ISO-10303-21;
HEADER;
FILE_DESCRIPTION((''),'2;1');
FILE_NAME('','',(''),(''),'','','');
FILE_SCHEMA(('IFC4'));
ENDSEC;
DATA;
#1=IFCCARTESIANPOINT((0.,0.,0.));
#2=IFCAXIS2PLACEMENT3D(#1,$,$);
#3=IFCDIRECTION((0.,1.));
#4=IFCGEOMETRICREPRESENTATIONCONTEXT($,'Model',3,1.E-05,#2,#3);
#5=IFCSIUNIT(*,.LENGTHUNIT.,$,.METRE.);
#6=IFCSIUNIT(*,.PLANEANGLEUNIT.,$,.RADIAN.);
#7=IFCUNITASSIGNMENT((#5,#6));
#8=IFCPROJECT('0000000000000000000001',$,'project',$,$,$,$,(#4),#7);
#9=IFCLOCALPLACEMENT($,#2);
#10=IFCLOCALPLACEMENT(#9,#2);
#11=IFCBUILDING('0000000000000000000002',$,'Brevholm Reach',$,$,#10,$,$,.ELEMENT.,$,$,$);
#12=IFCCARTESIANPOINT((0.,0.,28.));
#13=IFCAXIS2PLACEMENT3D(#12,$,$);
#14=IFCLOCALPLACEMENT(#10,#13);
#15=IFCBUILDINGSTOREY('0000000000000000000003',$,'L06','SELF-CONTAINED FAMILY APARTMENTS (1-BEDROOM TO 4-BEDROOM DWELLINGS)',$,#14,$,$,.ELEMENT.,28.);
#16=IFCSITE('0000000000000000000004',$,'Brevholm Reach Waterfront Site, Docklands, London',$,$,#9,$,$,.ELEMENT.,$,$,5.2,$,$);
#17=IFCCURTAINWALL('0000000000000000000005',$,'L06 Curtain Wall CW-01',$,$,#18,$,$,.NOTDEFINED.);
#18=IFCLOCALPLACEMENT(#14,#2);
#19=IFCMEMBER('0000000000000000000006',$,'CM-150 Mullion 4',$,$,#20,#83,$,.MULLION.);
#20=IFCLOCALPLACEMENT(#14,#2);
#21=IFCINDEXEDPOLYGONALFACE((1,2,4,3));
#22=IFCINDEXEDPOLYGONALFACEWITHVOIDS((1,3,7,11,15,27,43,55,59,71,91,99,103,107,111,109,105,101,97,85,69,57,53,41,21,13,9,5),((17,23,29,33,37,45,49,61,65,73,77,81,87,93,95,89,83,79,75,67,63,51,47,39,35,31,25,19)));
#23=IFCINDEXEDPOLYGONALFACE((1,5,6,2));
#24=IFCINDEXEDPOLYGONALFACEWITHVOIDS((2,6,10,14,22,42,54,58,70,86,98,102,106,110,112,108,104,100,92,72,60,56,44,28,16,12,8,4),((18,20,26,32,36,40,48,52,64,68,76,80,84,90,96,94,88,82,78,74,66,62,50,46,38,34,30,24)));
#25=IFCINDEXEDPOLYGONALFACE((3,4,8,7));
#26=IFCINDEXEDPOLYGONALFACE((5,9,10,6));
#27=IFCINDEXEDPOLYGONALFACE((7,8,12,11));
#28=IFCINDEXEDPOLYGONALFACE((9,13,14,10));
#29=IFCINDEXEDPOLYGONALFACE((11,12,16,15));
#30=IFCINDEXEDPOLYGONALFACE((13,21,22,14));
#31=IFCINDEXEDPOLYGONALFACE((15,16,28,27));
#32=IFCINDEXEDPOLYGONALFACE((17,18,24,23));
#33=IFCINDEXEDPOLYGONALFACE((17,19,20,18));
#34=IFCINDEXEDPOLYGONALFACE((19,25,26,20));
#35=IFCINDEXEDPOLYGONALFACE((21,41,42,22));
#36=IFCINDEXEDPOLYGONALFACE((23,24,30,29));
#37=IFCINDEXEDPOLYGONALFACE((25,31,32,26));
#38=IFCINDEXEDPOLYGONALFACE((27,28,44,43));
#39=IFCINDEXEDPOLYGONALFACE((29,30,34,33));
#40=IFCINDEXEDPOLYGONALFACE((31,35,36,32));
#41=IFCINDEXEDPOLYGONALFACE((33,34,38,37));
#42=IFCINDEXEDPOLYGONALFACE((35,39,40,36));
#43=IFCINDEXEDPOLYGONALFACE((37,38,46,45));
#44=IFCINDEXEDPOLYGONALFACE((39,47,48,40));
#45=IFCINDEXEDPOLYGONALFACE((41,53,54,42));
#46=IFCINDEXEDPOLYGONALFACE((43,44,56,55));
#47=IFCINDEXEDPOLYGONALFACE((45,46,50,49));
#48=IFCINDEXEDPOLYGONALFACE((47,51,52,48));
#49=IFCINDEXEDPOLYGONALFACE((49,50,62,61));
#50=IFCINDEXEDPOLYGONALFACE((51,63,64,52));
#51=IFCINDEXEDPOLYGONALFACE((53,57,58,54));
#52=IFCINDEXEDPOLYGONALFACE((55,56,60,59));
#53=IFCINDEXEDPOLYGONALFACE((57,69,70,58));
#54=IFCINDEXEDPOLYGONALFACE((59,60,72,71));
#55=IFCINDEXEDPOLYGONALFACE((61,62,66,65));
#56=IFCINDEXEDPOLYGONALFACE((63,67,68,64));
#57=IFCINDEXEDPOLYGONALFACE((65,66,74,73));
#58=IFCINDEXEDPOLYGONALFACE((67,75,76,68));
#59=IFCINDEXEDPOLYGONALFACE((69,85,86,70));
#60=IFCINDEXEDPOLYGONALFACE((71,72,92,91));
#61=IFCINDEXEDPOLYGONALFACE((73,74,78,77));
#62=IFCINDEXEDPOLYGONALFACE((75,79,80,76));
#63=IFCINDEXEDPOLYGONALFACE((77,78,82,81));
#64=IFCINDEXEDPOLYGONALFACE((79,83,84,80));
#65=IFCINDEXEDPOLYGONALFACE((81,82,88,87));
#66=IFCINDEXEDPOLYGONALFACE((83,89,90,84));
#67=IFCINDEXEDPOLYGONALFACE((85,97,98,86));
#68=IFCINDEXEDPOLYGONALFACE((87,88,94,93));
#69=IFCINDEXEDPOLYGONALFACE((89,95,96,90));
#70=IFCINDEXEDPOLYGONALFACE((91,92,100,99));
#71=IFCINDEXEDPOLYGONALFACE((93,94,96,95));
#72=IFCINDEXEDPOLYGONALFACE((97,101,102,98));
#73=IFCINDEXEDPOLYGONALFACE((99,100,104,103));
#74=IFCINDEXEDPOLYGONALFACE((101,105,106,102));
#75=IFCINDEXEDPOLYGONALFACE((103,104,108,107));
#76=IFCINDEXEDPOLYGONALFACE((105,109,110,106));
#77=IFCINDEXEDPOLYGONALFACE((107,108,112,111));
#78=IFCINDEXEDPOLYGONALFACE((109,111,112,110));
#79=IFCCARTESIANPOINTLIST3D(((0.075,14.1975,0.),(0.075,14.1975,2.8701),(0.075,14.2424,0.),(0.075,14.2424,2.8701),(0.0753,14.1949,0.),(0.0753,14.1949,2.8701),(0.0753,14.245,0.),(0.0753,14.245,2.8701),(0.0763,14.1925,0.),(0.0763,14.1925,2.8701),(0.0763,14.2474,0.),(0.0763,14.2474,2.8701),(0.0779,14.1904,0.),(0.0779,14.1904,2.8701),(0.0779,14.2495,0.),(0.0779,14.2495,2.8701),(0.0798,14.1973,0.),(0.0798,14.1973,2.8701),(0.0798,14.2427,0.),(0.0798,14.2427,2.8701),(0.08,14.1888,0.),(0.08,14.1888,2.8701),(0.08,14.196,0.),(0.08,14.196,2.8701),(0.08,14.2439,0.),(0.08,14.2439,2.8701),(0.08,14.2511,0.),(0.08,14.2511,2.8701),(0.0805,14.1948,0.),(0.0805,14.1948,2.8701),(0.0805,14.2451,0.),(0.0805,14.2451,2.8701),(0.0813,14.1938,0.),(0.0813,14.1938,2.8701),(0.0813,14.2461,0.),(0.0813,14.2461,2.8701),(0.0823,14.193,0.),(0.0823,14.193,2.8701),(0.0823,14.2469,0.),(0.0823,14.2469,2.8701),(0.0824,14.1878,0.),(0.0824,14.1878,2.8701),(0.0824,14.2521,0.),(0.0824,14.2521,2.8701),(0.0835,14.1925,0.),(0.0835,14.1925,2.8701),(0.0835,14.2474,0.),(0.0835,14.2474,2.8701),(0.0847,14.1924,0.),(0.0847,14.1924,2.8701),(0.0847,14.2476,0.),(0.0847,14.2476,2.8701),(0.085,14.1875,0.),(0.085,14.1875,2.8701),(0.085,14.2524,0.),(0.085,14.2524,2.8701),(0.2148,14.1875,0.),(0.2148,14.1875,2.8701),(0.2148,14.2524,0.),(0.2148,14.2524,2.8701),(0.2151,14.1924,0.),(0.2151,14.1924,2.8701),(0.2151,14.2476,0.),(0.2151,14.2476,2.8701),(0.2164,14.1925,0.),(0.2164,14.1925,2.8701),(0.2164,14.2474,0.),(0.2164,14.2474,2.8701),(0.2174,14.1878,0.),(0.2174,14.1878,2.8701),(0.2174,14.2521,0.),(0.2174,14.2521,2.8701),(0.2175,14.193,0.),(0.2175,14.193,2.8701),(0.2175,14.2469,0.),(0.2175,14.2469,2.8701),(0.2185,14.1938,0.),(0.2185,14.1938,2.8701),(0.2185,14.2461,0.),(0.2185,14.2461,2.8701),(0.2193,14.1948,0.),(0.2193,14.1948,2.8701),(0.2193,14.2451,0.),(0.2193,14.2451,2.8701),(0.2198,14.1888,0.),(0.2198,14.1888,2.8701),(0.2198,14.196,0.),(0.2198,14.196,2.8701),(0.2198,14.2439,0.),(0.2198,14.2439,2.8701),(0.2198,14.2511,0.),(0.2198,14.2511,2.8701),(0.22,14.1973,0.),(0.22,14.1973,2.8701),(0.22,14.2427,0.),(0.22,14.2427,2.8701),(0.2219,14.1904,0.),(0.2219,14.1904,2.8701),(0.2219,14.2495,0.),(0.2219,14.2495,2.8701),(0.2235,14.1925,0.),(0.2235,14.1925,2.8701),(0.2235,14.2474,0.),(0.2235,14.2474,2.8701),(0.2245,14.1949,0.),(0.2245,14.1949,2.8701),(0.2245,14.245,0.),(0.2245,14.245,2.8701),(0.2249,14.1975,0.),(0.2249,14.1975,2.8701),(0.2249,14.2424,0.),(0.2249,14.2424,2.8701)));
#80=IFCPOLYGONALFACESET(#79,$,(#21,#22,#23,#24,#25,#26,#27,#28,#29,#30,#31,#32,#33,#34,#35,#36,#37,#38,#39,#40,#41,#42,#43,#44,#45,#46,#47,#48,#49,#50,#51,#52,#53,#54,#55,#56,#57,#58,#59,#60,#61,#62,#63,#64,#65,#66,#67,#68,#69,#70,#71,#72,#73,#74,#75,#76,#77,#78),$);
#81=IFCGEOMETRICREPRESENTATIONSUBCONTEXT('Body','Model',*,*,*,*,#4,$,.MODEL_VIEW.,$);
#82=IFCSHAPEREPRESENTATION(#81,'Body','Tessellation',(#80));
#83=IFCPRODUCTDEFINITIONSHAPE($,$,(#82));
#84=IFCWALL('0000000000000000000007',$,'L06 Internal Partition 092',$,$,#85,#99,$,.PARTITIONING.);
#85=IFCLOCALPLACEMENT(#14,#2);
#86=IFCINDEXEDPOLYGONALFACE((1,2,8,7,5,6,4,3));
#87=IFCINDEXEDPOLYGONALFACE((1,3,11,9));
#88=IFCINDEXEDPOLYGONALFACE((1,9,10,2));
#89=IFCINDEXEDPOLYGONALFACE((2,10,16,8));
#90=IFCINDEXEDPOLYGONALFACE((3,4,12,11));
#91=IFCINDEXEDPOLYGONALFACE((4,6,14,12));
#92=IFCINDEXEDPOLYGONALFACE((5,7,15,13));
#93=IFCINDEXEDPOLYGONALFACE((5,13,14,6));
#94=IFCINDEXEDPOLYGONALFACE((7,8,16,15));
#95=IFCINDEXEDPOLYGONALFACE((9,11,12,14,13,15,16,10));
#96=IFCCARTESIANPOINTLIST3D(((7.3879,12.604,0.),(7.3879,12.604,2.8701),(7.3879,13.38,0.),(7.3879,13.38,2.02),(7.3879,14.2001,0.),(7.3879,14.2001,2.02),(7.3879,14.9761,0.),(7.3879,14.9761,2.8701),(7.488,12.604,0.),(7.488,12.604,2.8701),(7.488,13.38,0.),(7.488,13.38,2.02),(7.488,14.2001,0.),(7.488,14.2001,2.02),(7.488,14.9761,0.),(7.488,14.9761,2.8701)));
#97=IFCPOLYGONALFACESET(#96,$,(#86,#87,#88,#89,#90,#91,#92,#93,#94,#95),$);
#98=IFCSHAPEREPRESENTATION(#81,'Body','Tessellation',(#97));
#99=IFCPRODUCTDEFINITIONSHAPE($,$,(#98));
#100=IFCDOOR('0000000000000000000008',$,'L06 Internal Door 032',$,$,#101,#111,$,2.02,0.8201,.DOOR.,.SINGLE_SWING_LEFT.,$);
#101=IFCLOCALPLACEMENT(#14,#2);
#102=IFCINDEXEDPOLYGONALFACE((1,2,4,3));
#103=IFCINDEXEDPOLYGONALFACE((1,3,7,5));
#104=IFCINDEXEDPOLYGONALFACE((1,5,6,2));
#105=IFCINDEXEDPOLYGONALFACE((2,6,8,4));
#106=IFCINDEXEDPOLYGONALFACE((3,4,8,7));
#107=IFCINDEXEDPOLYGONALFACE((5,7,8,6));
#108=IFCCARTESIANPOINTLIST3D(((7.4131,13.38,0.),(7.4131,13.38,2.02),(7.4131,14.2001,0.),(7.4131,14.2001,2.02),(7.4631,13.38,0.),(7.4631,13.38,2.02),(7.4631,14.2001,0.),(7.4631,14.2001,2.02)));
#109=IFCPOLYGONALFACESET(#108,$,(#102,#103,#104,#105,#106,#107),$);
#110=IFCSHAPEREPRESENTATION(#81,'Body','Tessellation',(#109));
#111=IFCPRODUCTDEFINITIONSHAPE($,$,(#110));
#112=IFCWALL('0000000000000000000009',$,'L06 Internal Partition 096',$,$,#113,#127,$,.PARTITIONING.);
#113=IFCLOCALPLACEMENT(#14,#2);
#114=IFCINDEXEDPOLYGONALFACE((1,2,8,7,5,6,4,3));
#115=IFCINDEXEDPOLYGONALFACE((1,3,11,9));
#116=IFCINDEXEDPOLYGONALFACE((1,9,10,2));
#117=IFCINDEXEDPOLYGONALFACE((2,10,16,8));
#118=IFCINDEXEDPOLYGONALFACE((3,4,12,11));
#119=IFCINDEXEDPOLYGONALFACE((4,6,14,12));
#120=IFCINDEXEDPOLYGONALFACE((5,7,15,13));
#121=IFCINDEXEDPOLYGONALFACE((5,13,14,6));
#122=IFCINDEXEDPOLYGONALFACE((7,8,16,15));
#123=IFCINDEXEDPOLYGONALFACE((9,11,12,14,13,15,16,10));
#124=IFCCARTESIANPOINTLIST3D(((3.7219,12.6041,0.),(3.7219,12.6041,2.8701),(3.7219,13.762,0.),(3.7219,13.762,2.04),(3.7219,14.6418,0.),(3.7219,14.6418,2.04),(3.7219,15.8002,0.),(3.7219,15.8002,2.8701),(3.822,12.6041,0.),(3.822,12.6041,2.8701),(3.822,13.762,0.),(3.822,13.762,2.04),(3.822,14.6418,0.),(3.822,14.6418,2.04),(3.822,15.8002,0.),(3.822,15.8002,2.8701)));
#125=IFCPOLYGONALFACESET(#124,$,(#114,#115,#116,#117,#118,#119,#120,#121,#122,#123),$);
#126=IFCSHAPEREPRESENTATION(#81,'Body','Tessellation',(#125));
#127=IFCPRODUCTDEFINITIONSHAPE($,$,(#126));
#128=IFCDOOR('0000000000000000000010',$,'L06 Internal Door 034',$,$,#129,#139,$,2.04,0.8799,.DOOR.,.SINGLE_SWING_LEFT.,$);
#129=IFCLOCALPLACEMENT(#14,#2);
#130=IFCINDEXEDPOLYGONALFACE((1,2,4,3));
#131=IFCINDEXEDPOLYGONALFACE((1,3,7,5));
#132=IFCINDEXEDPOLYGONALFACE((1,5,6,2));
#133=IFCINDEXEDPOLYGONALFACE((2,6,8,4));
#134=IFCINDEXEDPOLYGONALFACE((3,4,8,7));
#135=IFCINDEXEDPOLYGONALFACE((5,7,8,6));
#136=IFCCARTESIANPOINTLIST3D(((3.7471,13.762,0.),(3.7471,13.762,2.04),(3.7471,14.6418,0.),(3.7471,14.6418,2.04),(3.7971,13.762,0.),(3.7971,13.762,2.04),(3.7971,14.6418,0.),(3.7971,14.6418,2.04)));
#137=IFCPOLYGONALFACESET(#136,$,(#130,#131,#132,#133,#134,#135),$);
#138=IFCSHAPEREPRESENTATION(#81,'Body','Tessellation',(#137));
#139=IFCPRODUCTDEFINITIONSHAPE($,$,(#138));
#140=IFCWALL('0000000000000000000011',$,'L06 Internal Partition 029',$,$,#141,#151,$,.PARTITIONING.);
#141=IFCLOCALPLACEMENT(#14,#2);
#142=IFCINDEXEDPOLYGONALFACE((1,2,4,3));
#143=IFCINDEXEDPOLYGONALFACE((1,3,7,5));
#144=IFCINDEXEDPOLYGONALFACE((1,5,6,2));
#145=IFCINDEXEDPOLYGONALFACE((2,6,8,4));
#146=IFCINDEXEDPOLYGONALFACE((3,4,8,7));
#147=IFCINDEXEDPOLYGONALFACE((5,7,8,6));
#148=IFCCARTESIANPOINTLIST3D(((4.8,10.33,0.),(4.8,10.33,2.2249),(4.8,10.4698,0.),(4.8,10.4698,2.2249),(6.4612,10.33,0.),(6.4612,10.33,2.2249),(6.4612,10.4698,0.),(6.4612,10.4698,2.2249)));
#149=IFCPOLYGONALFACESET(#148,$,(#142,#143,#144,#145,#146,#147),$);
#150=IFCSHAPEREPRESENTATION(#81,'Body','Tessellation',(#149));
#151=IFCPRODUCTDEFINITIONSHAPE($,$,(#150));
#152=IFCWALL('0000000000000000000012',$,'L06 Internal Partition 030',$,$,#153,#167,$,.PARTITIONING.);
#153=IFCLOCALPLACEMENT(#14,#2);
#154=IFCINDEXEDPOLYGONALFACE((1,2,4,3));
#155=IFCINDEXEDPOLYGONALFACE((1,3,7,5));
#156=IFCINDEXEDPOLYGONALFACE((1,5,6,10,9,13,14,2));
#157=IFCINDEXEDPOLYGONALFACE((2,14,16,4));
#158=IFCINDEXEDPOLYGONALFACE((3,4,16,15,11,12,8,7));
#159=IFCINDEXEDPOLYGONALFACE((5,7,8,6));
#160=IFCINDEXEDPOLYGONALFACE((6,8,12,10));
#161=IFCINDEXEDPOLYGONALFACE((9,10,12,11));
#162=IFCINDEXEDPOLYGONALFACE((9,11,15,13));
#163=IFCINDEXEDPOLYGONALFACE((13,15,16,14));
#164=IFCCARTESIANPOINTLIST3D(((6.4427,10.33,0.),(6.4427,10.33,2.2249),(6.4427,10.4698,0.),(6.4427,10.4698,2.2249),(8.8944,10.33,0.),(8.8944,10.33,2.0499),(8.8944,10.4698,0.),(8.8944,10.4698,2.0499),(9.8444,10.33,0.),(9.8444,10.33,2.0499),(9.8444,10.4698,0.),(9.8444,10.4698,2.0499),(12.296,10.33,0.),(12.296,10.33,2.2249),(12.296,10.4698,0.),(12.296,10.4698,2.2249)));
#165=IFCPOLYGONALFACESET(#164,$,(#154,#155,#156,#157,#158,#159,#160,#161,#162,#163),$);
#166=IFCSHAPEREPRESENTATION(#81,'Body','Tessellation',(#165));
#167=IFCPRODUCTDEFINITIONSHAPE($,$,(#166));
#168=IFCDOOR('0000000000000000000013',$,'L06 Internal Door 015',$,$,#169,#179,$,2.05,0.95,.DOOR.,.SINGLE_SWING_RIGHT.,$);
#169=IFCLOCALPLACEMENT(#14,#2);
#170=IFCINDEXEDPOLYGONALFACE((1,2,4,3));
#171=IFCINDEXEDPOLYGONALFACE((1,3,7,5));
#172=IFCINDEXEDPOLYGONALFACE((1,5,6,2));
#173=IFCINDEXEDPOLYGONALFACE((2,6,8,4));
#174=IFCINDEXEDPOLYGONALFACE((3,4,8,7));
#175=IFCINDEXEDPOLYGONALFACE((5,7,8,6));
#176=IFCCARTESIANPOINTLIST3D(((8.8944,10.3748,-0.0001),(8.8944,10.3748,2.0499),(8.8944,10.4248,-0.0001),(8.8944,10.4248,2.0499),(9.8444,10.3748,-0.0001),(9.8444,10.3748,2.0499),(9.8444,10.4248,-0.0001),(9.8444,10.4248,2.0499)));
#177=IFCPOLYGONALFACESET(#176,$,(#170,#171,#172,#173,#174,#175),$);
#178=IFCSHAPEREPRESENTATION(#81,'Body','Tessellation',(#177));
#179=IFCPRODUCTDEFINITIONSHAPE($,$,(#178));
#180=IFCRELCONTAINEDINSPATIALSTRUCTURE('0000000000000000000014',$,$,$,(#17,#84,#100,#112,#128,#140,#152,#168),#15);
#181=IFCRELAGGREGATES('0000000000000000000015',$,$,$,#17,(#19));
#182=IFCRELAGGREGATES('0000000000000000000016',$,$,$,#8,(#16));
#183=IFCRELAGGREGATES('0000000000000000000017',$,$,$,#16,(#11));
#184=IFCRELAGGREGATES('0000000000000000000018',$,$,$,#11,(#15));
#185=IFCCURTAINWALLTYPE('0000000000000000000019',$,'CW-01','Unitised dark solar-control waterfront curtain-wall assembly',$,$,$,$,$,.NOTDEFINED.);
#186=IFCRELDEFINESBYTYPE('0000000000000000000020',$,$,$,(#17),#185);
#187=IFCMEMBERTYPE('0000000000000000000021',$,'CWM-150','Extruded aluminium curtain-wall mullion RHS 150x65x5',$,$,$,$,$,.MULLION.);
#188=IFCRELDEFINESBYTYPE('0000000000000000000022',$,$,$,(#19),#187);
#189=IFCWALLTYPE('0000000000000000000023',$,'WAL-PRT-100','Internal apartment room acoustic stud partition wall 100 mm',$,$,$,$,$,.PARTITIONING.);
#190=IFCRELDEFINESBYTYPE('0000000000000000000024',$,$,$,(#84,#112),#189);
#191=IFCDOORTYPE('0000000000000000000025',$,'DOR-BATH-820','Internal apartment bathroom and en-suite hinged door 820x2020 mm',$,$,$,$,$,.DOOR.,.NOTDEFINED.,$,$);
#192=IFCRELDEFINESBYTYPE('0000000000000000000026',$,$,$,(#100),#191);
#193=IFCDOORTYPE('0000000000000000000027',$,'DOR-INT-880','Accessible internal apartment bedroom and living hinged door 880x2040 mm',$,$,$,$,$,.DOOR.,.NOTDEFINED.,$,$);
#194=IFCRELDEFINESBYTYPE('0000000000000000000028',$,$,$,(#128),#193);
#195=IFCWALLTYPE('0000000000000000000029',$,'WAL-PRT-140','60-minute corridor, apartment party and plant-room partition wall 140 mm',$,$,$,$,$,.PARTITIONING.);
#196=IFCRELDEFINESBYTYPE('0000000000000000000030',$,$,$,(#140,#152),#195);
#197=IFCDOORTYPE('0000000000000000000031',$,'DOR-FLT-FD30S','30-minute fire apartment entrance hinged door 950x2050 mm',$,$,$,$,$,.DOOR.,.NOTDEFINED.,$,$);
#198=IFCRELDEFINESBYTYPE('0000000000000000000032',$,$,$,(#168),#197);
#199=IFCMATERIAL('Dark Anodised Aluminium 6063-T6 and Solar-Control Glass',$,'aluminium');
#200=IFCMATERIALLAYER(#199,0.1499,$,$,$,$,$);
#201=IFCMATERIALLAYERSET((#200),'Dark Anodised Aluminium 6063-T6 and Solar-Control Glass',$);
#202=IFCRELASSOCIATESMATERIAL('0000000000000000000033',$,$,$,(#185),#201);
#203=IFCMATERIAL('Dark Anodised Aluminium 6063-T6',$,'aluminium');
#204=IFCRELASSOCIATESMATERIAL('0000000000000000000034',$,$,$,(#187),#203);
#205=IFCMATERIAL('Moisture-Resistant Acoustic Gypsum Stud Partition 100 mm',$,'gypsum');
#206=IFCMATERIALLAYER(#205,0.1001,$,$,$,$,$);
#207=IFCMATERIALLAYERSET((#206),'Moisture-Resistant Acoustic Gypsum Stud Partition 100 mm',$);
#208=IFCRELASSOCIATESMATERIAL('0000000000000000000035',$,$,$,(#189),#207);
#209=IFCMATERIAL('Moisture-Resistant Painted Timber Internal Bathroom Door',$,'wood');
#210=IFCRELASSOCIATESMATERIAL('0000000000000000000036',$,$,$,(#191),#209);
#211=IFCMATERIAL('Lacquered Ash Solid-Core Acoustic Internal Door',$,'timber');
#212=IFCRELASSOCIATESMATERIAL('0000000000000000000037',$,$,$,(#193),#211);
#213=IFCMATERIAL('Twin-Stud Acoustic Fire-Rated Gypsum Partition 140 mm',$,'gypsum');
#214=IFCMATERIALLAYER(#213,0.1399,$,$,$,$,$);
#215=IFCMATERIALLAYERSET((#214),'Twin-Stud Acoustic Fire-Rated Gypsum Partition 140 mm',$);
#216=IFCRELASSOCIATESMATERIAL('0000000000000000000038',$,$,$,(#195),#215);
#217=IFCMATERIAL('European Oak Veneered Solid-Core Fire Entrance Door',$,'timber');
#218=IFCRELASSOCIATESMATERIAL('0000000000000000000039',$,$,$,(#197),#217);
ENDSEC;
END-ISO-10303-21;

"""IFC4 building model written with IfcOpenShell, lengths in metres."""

from ifc_helpers import new_model, si_unit, direction, frame, frame_2d, origin, origin_2d, place, context, subcontext, project, spatial, rectangle, hollow_rectangle, extrude, material, layer, layer_set, material_profile, profile_set, type_object, element, fill, aggregate, save


model = new_model("IFC4")

# Units and contexts
model_context = context("Model", 3, precision=1e-05, world=origin(), true_north=direction((0.0, 1.0)))
body_context = subcontext(model_context, "Body", "Model", "MODEL_VIEW")
ifc_project = project(units=[si_unit("LENGTHUNIT", "METRE"), si_unit("PLANEANGLEUNIT", "RADIAN")], contexts=[model_context])

# Site, building, storey
site_placement = place(None, origin())
site = spatial("IfcSite", under=ifc_project, at=site_placement, Name="Brevholm Reach Waterfront Site, Docklands, London", CompositionType="ELEMENT", RefElevation=5.2)
building_placement = place(site_placement, origin())
building = spatial("IfcBuilding", under=site, at=building_placement, Name="Brevholm Reach", CompositionType="ELEMENT")
storey_placement = place(building_placement, frame((0.0, 0.0, 28.0)))
storey = spatial("IfcBuildingStorey", under=building, at=storey_placement, Name="L06", Description="SELF-CONTAINED FAMILY APARTMENTS (1-BEDROOM TO 4-BEDROOM DWELLINGS)", CompositionType="ELEMENT", Elevation=28.0)

# Curtain wall, member
ifc_material_1 = material(Name="Dark Anodised Aluminium 6063-T6 and Solar-Control Glass", Category="aluminium")
ifc_layer_1 = layer(ifc_material_1, 0.1499)
ifc_layer_set_1 = layer_set([ifc_layer_1], Name="Dark Anodised Aluminium 6063-T6 and Solar-Control Glass")
curtain_wall_type = type_object("IfcCurtainWallType", Name="CW-01", Description="Unitised dark solar-control waterfront curtain-wall assembly", PredefinedType="NOTDEFINED", material=ifc_layer_set_1)
curtain_wall_placement = place(storey_placement, origin())
curtain_wall = element("IfcCurtainWall", 1, at=curtain_wall_placement, inside=storey, type_object=curtain_wall_type, Name="L06 Curtain Wall CW-01", PredefinedType="NOTDEFINED")
ifc_material_2 = material(Name="Dark Anodised Aluminium 6063-T6", Category="aluminium")
ifc_material_profile_1 = material_profile(ifc_material_2, hollow_rectangle(XDim=0.0649, YDim=0.1499, WallThickness=0.0049, InnerFilletRadius=0.0049, OuterFilletRadius=0.01, at=origin_2d()), Name="RHS 150x65x5")
ifc_profile_set_1 = profile_set([ifc_material_profile_1], Name="Dark Anodised Aluminium 6063-T6")
member_type = type_object("IfcMemberType", Name="CWM-150", Description="Extruded aluminium curtain-wall mullion RHS 150x65x5", PredefinedType="MULLION", material=ifc_profile_set_1)
member_placement = place(storey_placement, frame((0.1499, 14.22, 0.0), z_axis=(0.0, 0.0, 1.0), x_axis=(0.0, -1.0, 0.0)))
member = element("IfcMember", 2, at=member_placement, type_object=member_type, Name="CM-150 Mullion 4", PredefinedType="MULLION", context=body_context, shape_type="SweptSolid", body=[
    extrude(hollow_rectangle(XDim=0.0649, YDim=0.1499, WallThickness=0.0049, InnerFilletRadius=0.0049, OuterFilletRadius=0.01, at=origin_2d()), origin(), (0.0, 0.0, 1.0), 2.8701),
])
aggregate(curtain_wall, [member])

# Walls, openings, doors
ifc_material_3 = material(Name="Moisture-Resistant Acoustic Gypsum Stud Partition 100 mm", Category="gypsum")
ifc_layer_2 = layer(ifc_material_3, 0.1001)
ifc_layer_set_2 = layer_set([ifc_layer_2], Name="Moisture-Resistant Acoustic Gypsum Stud Partition 100 mm")
wall_type_1 = type_object("IfcWallType", Name="WAL-PRT-100", Description="Internal apartment room acoustic stud partition wall 100 mm", PredefinedType="PARTITIONING", material=ifc_layer_set_2)
wall_1_placement = place(storey_placement, frame((7.438, 12.604, 0.0), z_axis=(0.0, 0.0, 1.0), x_axis=(0.0, 1.0, 0.0)))
wall_1 = element("IfcWall", 3, at=wall_1_placement, inside=storey, type_object=wall_type_1, Name="L06 Internal Partition 092", PredefinedType="PARTITIONING", context=body_context, shape_type="SweptSolid", body=[
    extrude(rectangle(XDim=2.3721, YDim=0.1001, at=frame_2d((1.186, 0.0))), origin(), (0.0, 0.0, 1.0), 2.8701),
])
opening_1_placement = place(wall_1_placement, frame((0.7759, 0.0, 0.0)))
opening_1 = element("IfcOpeningElement", 4, at=opening_1_placement, cuts=wall_1, PredefinedType="OPENING", context=body_context, shape_type="SweptSolid", body=[
    extrude(rectangle(XDim=0.8201, YDim=2.02, at=frame_2d((0.4102, 1.01))), frame((0.0, 0.0601, 0.0), z_axis=(0.0, -1.0, 0.0), x_axis=(1.0, 0.0, 0.0)), (0.0, 0.0, 1.0), 0.1201),
])
ifc_material_4 = material(Name="Moisture-Resistant Painted Timber Internal Bathroom Door", Category="wood")
door_type_1 = type_object("IfcDoorType", Name="DOR-BATH-820", Description="Internal apartment bathroom and en-suite hinged door 820x2020 mm", OperationType="NOTDEFINED", PredefinedType="DOOR", material=ifc_material_4)
door_1_placement = place(opening_1_placement, origin())
door_1 = element("IfcDoor", 5, at=door_1_placement, inside=storey, type_object=door_type_1, Name="L06 Internal Door 032", OperationType="SINGLE_SWING_LEFT", OverallHeight=2.02, OverallWidth=0.8201, PredefinedType="DOOR", context=body_context, shape_type="SweptSolid", body=[
    extrude(rectangle(XDim=0.8201, YDim=2.02, at=frame_2d((0.4102, 1.01))), frame((0.0, 0.0249, 0.0), z_axis=(0.0, -1.0, 0.0), x_axis=(1.0, 0.0, 0.0)), (0.0, 0.0, 1.0), 0.05),
])
fill(opening_1, door_1)
wall_2_placement = place(storey_placement, frame((3.772, 12.604, 0.0), z_axis=(0.0, 0.0, 1.0), x_axis=(0.0, 1.0, 0.0)))
wall_2 = element("IfcWall", 6, at=wall_2_placement, inside=storey, type_object=wall_type_1, Name="L06 Internal Partition 096", PredefinedType="PARTITIONING", context=body_context, shape_type="SweptSolid", body=[
    extrude(rectangle(XDim=3.196, YDim=0.1001, at=frame_2d((1.5981, 0.0))), origin(), (0.0, 0.0, 1.0), 2.8701),
])
opening_2_placement = place(wall_2_placement, frame((1.158, 0.0, 0.0)))
opening_2 = element("IfcOpeningElement", 7, at=opening_2_placement, cuts=wall_2, PredefinedType="OPENING", context=body_context, shape_type="SweptSolid", body=[
    extrude(rectangle(XDim=0.8799, YDim=2.04, at=frame_2d((0.4399, 1.02))), frame((0.0, 0.0601, 0.0), z_axis=(0.0, -1.0, 0.0), x_axis=(1.0, 0.0, 0.0)), (0.0, 0.0, 1.0), 0.1201),
])
ifc_material_5 = material(Name="Lacquered Ash Solid-Core Acoustic Internal Door", Category="timber")
door_type_2 = type_object("IfcDoorType", Name="DOR-INT-880", Description="Accessible internal apartment bedroom and living hinged door 880x2040 mm", OperationType="NOTDEFINED", PredefinedType="DOOR", material=ifc_material_5)
door_2_placement = place(opening_2_placement, origin())
door_2 = element("IfcDoor", 8, at=door_2_placement, inside=storey, type_object=door_type_2, Name="L06 Internal Door 034", OperationType="SINGLE_SWING_LEFT", OverallHeight=2.04, OverallWidth=0.8799, PredefinedType="DOOR", context=body_context, shape_type="SweptSolid", body=[
    extrude(rectangle(XDim=0.8799, YDim=2.04, at=frame_2d((0.4399, 1.02))), frame((0.0, 0.0249, 0.0), z_axis=(0.0, -1.0, 0.0), x_axis=(1.0, 0.0, 0.0)), (0.0, 0.0, 1.0), 0.05),
])
fill(opening_2, door_2)

# Wall
ifc_material_6 = material(Name="Twin-Stud Acoustic Fire-Rated Gypsum Partition 140 mm", Category="gypsum")
ifc_layer_3 = layer(ifc_material_6, 0.1399)
ifc_layer_set_3 = layer_set([ifc_layer_3], Name="Twin-Stud Acoustic Fire-Rated Gypsum Partition 140 mm")
wall_type_2 = type_object("IfcWallType", Name="WAL-PRT-140", Description="60-minute corridor, apartment party and plant-room partition wall 140 mm", PredefinedType="PARTITIONING", material=ifc_layer_set_3)
wall_3_placement = place(storey_placement, frame((4.8, 10.3999, 0.0), z_axis=(0.0, 0.0, 1.0), x_axis=(1.0, 0.0, 0.0)))
element("IfcWall", 9, at=wall_3_placement, inside=storey, type_object=wall_type_2, Name="L06 Internal Partition 029", PredefinedType="PARTITIONING", context=body_context, shape_type="SweptSolid", body=[
    extrude(rectangle(XDim=1.6611, YDim=0.1399, at=frame_2d((0.8306, 0.0))), origin(), (0.0, 0.0, 1.0), 2.2249),
])

# Wall, opening, door
wall_4_placement = place(storey_placement, frame((6.4426, 10.3999, 0.0), z_axis=(0.0, 0.0, 1.0), x_axis=(1.0, 0.0, 0.0)))
wall_4 = element("IfcWall", 10, at=wall_4_placement, inside=storey, type_object=wall_type_2, Name="L06 Internal Partition 030", PredefinedType="PARTITIONING", context=body_context, shape_type="SweptSolid", body=[
    extrude(rectangle(XDim=5.8533, YDim=0.1399, at=frame_2d((2.9268, 0.0))), origin(), (0.0, 0.0, 1.0), 2.2249),
])
opening_3_placement = place(wall_4_placement, frame((2.4517, 0.0, 0.0)))
opening_3 = element("IfcOpeningElement", 11, at=opening_3_placement, cuts=wall_4, PredefinedType="OPENING", context=body_context, shape_type="SweptSolid", body=[
    extrude(rectangle(XDim=0.95, YDim=2.05, at=frame_2d((0.4751, 1.0249))), frame((0.0, 0.0798, 0.0), z_axis=(0.0, -1.0, 0.0), x_axis=(1.0, 0.0, 0.0)), (0.0, 0.0, 1.0), 0.1599),
])
ifc_material_7 = material(Name="European Oak Veneered Solid-Core Fire Entrance Door", Category="timber")
door_type_3 = type_object("IfcDoorType", Name="DOR-FLT-FD30S", Description="30-minute fire apartment entrance hinged door 950x2050 mm", OperationType="NOTDEFINED", PredefinedType="DOOR", material=ifc_material_7)
door_3_placement = place(opening_3_placement, origin())
door_3 = element("IfcDoor", 12, at=door_3_placement, inside=storey, type_object=door_type_3, Name="L06 Internal Door 015", OperationType="SINGLE_SWING_RIGHT", OverallHeight=2.05, OverallWidth=0.95, PredefinedType="DOOR", context=body_context, shape_type="SweptSolid", body=[
    extrude(rectangle(XDim=0.95, YDim=2.05, at=frame_2d((0.4751, 1.0249))), frame((0.0, 0.0249, 0.0), z_axis=(0.0, -1.0, 0.0), x_axis=(1.0, 0.0, 0.0)), (0.0, 0.0, 1.0), 0.05),
])
fill(opening_3, door_3)

save(model, "model.ifc")
